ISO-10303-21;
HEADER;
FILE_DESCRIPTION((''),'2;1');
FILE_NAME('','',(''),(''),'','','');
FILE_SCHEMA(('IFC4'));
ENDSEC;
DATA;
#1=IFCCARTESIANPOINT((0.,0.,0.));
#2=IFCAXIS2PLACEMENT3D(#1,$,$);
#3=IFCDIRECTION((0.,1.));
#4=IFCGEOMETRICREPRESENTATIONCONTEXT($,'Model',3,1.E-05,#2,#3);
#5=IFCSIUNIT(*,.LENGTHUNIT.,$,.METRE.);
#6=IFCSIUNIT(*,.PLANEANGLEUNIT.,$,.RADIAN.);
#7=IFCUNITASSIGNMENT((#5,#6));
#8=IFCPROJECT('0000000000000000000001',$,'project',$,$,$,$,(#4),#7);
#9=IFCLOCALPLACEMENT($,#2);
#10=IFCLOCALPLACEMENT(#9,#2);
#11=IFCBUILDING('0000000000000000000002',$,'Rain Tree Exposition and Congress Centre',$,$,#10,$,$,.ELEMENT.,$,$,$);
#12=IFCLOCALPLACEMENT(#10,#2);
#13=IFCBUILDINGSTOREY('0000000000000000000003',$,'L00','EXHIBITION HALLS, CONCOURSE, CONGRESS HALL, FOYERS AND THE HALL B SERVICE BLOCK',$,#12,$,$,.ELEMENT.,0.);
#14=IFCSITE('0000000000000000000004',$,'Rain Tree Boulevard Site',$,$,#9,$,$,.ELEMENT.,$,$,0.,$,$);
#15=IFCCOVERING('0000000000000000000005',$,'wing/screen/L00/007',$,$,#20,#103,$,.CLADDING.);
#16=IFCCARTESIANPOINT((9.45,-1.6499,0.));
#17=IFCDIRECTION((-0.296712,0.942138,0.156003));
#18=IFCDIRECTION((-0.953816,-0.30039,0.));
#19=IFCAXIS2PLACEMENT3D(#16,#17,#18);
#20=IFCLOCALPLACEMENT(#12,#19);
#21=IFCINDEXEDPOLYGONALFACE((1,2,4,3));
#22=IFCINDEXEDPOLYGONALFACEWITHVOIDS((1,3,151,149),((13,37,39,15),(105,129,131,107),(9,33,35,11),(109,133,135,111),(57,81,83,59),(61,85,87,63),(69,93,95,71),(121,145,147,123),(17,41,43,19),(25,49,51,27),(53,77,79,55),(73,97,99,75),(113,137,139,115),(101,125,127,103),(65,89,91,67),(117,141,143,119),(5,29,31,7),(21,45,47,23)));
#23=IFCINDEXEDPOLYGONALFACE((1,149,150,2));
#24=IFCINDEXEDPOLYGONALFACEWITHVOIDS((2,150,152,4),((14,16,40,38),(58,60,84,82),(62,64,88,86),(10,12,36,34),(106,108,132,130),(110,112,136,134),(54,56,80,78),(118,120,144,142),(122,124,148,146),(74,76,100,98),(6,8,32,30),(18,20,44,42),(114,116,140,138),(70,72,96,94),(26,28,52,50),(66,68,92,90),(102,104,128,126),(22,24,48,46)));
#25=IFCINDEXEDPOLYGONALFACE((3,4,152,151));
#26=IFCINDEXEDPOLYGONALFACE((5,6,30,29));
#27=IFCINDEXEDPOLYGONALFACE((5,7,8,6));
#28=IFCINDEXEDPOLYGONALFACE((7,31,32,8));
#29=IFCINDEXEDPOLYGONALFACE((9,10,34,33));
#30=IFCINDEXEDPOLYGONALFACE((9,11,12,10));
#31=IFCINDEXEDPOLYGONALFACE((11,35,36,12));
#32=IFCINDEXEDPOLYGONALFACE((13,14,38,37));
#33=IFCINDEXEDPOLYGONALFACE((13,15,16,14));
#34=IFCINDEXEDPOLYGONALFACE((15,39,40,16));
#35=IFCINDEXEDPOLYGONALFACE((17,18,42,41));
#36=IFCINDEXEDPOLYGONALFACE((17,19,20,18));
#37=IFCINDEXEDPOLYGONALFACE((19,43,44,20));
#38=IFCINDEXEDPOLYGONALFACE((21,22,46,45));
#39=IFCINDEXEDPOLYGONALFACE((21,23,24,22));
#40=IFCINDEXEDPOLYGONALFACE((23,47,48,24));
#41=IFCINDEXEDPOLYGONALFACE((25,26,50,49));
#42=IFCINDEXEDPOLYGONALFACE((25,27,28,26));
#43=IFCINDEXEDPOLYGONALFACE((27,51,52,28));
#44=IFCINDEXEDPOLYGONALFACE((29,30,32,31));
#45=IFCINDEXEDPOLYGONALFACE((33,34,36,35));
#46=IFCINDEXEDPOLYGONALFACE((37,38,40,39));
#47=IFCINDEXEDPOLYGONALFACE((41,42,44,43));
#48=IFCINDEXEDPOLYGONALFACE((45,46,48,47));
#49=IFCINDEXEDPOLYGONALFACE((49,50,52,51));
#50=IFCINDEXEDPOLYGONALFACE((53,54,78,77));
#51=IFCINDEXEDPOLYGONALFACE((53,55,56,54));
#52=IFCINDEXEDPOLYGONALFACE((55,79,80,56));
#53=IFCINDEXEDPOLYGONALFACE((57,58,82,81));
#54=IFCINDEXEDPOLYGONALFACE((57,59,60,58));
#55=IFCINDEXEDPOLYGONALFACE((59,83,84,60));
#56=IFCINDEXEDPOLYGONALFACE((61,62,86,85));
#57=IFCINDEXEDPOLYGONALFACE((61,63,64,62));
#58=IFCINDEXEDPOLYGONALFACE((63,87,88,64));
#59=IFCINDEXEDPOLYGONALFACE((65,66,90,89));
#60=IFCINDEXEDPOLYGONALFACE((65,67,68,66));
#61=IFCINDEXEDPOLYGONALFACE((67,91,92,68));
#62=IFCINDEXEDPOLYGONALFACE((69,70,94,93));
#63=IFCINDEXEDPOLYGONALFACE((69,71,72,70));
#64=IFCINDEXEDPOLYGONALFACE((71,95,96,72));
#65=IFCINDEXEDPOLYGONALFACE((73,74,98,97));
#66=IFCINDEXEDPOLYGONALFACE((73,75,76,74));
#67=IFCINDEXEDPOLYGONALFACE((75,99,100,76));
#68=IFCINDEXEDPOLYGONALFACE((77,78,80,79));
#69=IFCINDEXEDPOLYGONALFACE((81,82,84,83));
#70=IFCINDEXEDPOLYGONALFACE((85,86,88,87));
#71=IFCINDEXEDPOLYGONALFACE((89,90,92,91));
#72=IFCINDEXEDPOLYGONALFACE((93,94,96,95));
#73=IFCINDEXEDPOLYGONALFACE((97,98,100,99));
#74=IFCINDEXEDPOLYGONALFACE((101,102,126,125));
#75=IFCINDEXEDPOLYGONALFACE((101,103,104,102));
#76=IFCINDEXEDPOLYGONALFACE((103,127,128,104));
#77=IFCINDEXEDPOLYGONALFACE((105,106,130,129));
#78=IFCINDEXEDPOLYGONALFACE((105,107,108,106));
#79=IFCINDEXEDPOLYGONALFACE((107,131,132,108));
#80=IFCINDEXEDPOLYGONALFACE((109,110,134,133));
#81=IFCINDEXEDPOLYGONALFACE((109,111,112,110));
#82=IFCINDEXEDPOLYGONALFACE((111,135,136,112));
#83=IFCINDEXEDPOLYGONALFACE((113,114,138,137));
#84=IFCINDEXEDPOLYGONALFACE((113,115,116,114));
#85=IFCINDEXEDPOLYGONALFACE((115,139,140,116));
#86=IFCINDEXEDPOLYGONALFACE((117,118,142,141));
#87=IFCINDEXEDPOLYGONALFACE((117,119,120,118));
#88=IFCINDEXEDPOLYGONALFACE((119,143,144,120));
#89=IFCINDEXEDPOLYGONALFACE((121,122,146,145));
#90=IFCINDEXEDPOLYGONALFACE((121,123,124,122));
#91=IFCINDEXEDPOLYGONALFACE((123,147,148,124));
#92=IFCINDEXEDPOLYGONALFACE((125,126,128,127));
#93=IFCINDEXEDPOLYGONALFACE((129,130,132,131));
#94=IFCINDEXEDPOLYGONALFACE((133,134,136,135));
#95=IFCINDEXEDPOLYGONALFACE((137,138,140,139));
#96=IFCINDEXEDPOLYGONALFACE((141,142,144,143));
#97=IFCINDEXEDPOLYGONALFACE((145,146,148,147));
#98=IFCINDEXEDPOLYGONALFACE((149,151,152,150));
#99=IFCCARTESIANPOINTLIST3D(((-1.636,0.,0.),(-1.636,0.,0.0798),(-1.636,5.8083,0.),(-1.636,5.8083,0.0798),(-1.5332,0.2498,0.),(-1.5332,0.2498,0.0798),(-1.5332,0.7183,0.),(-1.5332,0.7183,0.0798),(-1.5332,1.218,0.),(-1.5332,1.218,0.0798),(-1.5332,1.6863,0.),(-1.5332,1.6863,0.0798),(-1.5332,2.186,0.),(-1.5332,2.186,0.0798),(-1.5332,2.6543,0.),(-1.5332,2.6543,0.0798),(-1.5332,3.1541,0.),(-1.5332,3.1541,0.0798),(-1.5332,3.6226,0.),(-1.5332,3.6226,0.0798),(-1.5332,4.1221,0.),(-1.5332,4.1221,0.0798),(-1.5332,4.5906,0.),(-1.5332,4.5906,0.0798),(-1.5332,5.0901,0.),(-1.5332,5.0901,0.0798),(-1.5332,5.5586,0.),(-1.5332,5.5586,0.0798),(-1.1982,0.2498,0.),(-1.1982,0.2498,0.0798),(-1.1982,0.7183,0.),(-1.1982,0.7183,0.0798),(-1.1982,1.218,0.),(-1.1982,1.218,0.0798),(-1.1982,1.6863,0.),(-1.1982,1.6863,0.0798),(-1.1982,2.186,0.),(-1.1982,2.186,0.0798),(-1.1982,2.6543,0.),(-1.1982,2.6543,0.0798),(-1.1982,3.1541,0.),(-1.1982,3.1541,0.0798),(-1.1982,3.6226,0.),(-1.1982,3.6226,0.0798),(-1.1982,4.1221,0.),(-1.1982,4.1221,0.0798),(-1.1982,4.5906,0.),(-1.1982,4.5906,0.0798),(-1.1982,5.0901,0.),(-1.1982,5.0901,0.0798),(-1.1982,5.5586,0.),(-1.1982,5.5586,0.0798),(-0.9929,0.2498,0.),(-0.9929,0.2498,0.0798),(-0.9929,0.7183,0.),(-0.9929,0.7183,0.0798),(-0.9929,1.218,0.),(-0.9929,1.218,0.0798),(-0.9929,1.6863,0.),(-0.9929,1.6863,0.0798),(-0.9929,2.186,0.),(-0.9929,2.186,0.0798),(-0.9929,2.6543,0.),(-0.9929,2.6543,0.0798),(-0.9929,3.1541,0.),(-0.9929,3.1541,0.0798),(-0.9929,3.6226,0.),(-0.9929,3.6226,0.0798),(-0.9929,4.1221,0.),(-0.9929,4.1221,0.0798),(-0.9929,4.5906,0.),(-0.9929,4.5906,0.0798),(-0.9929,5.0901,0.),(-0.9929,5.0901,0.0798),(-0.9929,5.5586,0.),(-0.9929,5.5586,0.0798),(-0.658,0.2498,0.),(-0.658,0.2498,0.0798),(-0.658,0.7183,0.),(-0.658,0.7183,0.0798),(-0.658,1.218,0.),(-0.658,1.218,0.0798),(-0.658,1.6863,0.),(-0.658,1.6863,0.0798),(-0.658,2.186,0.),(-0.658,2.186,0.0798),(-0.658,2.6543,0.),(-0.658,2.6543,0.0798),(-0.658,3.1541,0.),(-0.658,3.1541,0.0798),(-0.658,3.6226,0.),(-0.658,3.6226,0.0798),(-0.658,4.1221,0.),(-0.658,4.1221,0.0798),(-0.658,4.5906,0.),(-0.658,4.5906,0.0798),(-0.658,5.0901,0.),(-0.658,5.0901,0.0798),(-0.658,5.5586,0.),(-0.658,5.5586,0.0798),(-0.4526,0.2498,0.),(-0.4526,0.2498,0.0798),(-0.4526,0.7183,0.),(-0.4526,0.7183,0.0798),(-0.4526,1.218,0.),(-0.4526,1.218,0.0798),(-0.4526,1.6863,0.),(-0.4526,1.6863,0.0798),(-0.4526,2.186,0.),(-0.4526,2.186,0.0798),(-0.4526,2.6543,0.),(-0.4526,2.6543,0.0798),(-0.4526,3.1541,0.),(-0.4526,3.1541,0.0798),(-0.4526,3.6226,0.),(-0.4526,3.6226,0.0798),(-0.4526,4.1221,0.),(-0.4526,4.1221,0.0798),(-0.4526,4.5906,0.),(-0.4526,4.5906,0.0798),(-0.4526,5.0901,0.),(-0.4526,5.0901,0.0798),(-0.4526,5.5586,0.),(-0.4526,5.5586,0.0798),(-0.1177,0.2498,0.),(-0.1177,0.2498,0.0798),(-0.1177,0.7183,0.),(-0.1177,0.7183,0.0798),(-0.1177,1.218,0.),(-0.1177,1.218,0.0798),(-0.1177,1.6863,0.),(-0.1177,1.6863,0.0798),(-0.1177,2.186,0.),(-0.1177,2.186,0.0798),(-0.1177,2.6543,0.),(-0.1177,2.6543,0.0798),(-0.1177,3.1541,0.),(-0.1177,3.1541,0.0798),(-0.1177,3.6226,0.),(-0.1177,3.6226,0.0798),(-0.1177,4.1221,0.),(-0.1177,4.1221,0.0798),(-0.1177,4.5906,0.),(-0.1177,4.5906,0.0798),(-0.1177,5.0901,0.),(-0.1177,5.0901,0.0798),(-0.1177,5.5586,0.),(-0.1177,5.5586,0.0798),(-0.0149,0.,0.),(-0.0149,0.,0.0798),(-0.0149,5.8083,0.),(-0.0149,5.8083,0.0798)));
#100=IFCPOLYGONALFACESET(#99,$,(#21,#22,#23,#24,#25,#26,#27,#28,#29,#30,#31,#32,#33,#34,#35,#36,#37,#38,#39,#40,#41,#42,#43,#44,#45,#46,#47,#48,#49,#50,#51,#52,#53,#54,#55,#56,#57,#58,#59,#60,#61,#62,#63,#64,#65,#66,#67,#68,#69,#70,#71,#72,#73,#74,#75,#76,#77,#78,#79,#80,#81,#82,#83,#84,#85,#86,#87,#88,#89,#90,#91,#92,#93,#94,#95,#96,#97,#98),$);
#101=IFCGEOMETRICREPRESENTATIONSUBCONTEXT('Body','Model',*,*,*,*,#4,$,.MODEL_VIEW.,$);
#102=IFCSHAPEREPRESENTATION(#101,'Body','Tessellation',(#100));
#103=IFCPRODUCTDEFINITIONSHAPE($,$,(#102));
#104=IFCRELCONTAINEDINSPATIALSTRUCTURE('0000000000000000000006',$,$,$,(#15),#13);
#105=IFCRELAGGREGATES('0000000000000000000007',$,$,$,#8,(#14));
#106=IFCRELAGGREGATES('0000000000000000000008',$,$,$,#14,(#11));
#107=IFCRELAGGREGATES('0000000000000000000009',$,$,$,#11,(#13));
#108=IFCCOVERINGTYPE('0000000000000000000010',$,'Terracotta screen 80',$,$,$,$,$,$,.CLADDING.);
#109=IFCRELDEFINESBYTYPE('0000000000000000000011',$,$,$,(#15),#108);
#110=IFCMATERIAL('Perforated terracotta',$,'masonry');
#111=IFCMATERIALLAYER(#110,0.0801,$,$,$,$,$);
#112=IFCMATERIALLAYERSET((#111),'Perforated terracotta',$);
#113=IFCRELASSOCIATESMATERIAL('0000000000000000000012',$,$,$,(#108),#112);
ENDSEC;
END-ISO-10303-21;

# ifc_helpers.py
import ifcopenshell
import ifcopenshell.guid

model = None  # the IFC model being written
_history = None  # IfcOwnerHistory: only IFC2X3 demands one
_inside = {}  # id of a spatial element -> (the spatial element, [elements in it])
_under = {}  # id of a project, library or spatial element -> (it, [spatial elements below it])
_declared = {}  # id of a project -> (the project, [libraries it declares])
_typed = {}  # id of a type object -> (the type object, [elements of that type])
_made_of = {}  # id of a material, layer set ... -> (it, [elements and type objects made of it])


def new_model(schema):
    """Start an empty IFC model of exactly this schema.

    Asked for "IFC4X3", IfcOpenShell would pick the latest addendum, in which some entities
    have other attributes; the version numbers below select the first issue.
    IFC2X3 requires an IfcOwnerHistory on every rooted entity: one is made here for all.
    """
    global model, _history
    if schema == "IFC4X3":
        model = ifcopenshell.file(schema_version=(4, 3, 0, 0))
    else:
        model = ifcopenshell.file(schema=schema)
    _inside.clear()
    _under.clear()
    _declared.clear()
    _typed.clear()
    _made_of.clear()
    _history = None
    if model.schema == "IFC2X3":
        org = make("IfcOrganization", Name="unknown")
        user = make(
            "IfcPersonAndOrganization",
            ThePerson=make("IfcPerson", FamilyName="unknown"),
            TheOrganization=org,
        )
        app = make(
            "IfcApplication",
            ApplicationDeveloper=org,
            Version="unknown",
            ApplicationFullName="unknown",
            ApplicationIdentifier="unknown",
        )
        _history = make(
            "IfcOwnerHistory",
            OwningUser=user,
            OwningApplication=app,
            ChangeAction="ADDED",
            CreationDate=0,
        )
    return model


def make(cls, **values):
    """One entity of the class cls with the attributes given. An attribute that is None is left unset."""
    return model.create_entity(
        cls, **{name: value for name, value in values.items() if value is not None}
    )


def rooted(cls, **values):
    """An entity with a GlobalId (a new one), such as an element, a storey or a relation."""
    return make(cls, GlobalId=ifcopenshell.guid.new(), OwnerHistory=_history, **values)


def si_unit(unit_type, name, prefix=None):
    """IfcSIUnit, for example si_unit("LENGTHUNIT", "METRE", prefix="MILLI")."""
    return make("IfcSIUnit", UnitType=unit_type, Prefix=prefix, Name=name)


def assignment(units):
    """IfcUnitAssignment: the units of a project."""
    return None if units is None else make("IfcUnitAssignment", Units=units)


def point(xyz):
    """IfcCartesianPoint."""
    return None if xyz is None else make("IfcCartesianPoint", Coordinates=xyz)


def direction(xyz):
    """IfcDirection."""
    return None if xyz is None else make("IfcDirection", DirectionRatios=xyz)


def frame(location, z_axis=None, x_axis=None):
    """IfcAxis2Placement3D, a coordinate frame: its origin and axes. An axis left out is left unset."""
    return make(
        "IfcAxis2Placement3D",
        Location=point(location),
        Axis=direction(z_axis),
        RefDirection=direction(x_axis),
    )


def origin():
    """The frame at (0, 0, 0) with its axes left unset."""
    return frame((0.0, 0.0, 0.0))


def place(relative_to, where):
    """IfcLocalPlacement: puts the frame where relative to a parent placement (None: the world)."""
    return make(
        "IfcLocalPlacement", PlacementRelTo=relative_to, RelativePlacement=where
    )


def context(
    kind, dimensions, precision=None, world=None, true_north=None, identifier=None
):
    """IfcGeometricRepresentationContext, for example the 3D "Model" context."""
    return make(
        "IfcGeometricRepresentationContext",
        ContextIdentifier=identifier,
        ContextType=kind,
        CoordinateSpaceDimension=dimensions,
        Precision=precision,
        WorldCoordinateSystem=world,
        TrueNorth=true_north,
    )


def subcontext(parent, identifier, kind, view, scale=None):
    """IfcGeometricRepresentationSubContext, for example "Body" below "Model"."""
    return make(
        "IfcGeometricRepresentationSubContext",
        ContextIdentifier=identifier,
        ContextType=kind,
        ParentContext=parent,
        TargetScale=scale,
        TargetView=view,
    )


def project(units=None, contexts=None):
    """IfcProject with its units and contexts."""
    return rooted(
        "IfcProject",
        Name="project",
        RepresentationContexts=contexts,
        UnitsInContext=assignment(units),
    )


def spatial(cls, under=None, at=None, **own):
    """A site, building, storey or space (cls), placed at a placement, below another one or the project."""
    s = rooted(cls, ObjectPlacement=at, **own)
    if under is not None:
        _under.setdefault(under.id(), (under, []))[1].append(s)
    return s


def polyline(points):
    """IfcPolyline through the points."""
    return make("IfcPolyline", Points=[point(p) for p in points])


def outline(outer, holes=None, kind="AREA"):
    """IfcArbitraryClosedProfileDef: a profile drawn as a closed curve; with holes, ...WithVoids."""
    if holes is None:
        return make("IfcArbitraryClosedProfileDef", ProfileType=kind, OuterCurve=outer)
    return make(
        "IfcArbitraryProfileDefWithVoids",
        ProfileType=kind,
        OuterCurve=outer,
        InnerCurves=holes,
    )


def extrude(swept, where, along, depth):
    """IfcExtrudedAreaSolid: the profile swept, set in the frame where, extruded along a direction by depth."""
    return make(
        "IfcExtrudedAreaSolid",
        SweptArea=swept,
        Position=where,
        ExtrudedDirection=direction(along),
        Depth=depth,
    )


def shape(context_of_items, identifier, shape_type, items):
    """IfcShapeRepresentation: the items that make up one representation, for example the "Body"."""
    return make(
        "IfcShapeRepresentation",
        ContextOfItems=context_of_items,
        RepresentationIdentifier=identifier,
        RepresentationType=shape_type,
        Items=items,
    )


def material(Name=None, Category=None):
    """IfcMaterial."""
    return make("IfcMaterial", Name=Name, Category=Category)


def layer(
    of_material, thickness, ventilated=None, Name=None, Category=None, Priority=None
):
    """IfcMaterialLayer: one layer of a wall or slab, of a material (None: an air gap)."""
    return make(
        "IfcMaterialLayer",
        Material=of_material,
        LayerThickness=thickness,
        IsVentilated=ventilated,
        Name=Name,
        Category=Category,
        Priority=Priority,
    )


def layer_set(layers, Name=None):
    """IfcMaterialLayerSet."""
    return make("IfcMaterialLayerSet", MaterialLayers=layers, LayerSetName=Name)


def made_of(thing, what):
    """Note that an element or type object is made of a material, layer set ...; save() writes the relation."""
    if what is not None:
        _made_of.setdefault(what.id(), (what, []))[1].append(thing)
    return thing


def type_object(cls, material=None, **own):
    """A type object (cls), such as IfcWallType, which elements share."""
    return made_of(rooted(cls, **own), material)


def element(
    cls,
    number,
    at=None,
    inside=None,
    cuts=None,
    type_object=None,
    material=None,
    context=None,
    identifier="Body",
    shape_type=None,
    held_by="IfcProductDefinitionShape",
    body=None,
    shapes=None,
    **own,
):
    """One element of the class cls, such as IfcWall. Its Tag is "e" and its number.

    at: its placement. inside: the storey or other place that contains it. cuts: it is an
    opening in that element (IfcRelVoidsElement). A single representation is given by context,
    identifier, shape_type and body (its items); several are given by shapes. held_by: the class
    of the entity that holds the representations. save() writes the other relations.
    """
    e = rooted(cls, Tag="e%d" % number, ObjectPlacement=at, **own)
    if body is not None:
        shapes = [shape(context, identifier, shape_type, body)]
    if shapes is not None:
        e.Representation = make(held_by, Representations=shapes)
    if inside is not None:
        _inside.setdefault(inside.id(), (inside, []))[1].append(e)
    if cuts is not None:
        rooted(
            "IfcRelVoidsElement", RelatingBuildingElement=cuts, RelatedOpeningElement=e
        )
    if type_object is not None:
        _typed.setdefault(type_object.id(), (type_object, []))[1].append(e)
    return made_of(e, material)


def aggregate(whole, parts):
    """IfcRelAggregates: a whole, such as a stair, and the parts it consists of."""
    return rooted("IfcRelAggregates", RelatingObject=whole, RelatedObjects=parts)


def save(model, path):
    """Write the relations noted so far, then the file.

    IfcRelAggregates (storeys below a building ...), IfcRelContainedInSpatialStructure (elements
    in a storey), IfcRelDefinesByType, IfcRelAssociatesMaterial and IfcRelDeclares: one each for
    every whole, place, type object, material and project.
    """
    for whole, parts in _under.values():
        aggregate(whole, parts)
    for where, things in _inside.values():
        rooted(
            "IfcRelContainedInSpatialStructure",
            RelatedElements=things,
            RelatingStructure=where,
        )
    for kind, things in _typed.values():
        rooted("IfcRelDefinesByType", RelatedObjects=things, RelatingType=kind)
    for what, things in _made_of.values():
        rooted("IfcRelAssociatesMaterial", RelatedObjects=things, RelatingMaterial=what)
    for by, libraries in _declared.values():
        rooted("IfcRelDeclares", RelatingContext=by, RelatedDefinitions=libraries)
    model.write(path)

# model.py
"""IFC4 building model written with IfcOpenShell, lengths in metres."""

from ifc_helpers import new_model, si_unit, direction, frame, origin, place, context, subcontext, project, spatial, polyline, outline, extrude, material, layer, layer_set, type_object, element, save


model = new_model("IFC4")

# Units and contexts
model_context = context("Model", 3, precision=1e-05, world=origin(), true_north=direction((0.0, 1.0)))
body_context = subcontext(model_context, "Body", "Model", "MODEL_VIEW")
ifc_project = project(units=[si_unit("LENGTHUNIT", "METRE"), si_unit("PLANEANGLEUNIT", "RADIAN")], contexts=[model_context])

# Site, building, storey
site_placement = place(None, origin())
site = spatial("IfcSite", under=ifc_project, at=site_placement, Name="Rain Tree Boulevard Site", CompositionType="ELEMENT", RefElevation=0.0)
building_placement = place(site_placement, origin())
building = spatial("IfcBuilding", under=site, at=building_placement, Name="Rain Tree Exposition and Congress Centre", CompositionType="ELEMENT")
storey_placement = place(building_placement, origin())
storey = spatial("IfcBuildingStorey", under=building, at=storey_placement, Name="L00", Description="EXHIBITION HALLS, CONCOURSE, CONGRESS HALL, FOYERS AND THE HALL B SERVICE BLOCK", CompositionType="ELEMENT", Elevation=0.0)

# Covering
ifc_material_1 = material(Name="Perforated terracotta", Category="masonry")
ifc_layer_1 = layer(ifc_material_1, 0.0801)
ifc_layer_set_1 = layer_set([ifc_layer_1], Name="Perforated terracotta")
covering_type = type_object("IfcCoveringType", Name="Terracotta screen 80", PredefinedType="CLADDING", material=ifc_layer_set_1)
covering_1_placement = place(storey_placement, frame((9.45, -1.6499, 0.0), z_axis=(-0.296712, 0.942138, 0.156003), x_axis=(-0.953816, -0.30039, 0.0)))
element("IfcCovering", 1, at=covering_1_placement, inside=storey, type_object=covering_type, Name="wing/screen/L00/007", PredefinedType="CLADDING", context=body_context, shape_type="SweptSolid", body=[
    extrude(outline(polyline([(-1.636, 0.0), (-1.636, 5.8083), (-0.0149, 5.8083), (-0.0149, 0.0), (-1.636, 0.0)]), holes=[polyline([(-0.1177, 0.2498), (-0.1177, 0.7183), (-0.4526, 0.7183), (-0.4526, 0.2498), (-0.1177, 0.2498)]), polyline([(-0.1177, 1.218), (-0.1177, 1.6863), (-0.4526, 1.6863), (-0.4526, 1.218), (-0.1177, 1.218)]), polyline([(-0.1177, 2.186), (-0.1177, 2.6543), (-0.4526, 2.6543), (-0.4526, 2.186), (-0.1177, 2.186)]), polyline([(-0.1177, 3.1541), (-0.1177, 3.6226), (-0.4526, 3.6226), (-0.4526, 3.1541), (-0.1177, 3.1541)]), polyline([(-0.1177, 4.1221), (-0.1177, 4.5906), (-0.4526, 4.5906), (-0.4526, 4.1221), (-0.1177, 4.1221)]), polyline([(-0.1177, 5.0901), (-0.1177, 5.5586), (-0.4526, 5.5586), (-0.4526, 5.0901), (-0.1177, 5.0901)]), polyline([(-0.658, 0.2498), (-0.658, 0.7183), (-0.9929, 0.7183), (-0.9929, 0.2498), (-0.658, 0.2498)]), polyline([(-0.658, 1.218), (-0.658, 1.6863), (-0.9929, 1.6863), (-0.9929, 1.218), (-0.658, 1.218)]), polyline([(-0.658, 2.186), (-0.658, 2.6543), (-0.9929, 2.6543), (-0.9929, 2.186), (-0.658, 2.186)]), polyline([(-0.658, 3.1541), (-0.658, 3.6226), (-0.9929, 3.6226), (-0.9929, 3.1541), (-0.658, 3.1541)]), polyline([(-0.658, 4.1221), (-0.658, 4.5906), (-0.9929, 4.5906), (-0.9929, 4.1221), (-0.658, 4.1221)]), polyline([(-0.658, 5.0901), (-0.658, 5.5586), (-0.9929, 5.5586), (-0.9929, 5.0901), (-0.658, 5.0901)]), polyline([(-1.1982, 0.2498), (-1.1982, 0.7183), (-1.5332, 0.7183), (-1.5332, 0.2498), (-1.1982, 0.2498)]), polyline([(-1.1982, 1.218), (-1.1982, 1.6863), (-1.5332, 1.6863), (-1.5332, 1.218), (-1.1982, 1.218)]), polyline([(-1.1982, 2.186), (-1.1982, 2.6543), (-1.5332, 2.6543), (-1.5332, 2.186), (-1.1982, 2.186)]), polyline([(-1.1982, 3.1541), (-1.1982, 3.6226), (-1.5332, 3.6226), (-1.5332, 3.1541), (-1.1982, 3.1541)]), polyline([(-1.1982, 4.1221), (-1.1982, 4.5906), (-1.5332, 4.5906), (-1.5332, 4.1221), (-1.1982, 4.1221)]), polyline([(-1.1982, 5.0901), (-1.1982, 5.5586), (-1.5332, 5.5586), (-1.5332, 5.0901), (-1.1982, 5.0901)])]), origin(), (0.0, 0.0, 1.0), 0.0798),
])

save(model, "model.ifc")
